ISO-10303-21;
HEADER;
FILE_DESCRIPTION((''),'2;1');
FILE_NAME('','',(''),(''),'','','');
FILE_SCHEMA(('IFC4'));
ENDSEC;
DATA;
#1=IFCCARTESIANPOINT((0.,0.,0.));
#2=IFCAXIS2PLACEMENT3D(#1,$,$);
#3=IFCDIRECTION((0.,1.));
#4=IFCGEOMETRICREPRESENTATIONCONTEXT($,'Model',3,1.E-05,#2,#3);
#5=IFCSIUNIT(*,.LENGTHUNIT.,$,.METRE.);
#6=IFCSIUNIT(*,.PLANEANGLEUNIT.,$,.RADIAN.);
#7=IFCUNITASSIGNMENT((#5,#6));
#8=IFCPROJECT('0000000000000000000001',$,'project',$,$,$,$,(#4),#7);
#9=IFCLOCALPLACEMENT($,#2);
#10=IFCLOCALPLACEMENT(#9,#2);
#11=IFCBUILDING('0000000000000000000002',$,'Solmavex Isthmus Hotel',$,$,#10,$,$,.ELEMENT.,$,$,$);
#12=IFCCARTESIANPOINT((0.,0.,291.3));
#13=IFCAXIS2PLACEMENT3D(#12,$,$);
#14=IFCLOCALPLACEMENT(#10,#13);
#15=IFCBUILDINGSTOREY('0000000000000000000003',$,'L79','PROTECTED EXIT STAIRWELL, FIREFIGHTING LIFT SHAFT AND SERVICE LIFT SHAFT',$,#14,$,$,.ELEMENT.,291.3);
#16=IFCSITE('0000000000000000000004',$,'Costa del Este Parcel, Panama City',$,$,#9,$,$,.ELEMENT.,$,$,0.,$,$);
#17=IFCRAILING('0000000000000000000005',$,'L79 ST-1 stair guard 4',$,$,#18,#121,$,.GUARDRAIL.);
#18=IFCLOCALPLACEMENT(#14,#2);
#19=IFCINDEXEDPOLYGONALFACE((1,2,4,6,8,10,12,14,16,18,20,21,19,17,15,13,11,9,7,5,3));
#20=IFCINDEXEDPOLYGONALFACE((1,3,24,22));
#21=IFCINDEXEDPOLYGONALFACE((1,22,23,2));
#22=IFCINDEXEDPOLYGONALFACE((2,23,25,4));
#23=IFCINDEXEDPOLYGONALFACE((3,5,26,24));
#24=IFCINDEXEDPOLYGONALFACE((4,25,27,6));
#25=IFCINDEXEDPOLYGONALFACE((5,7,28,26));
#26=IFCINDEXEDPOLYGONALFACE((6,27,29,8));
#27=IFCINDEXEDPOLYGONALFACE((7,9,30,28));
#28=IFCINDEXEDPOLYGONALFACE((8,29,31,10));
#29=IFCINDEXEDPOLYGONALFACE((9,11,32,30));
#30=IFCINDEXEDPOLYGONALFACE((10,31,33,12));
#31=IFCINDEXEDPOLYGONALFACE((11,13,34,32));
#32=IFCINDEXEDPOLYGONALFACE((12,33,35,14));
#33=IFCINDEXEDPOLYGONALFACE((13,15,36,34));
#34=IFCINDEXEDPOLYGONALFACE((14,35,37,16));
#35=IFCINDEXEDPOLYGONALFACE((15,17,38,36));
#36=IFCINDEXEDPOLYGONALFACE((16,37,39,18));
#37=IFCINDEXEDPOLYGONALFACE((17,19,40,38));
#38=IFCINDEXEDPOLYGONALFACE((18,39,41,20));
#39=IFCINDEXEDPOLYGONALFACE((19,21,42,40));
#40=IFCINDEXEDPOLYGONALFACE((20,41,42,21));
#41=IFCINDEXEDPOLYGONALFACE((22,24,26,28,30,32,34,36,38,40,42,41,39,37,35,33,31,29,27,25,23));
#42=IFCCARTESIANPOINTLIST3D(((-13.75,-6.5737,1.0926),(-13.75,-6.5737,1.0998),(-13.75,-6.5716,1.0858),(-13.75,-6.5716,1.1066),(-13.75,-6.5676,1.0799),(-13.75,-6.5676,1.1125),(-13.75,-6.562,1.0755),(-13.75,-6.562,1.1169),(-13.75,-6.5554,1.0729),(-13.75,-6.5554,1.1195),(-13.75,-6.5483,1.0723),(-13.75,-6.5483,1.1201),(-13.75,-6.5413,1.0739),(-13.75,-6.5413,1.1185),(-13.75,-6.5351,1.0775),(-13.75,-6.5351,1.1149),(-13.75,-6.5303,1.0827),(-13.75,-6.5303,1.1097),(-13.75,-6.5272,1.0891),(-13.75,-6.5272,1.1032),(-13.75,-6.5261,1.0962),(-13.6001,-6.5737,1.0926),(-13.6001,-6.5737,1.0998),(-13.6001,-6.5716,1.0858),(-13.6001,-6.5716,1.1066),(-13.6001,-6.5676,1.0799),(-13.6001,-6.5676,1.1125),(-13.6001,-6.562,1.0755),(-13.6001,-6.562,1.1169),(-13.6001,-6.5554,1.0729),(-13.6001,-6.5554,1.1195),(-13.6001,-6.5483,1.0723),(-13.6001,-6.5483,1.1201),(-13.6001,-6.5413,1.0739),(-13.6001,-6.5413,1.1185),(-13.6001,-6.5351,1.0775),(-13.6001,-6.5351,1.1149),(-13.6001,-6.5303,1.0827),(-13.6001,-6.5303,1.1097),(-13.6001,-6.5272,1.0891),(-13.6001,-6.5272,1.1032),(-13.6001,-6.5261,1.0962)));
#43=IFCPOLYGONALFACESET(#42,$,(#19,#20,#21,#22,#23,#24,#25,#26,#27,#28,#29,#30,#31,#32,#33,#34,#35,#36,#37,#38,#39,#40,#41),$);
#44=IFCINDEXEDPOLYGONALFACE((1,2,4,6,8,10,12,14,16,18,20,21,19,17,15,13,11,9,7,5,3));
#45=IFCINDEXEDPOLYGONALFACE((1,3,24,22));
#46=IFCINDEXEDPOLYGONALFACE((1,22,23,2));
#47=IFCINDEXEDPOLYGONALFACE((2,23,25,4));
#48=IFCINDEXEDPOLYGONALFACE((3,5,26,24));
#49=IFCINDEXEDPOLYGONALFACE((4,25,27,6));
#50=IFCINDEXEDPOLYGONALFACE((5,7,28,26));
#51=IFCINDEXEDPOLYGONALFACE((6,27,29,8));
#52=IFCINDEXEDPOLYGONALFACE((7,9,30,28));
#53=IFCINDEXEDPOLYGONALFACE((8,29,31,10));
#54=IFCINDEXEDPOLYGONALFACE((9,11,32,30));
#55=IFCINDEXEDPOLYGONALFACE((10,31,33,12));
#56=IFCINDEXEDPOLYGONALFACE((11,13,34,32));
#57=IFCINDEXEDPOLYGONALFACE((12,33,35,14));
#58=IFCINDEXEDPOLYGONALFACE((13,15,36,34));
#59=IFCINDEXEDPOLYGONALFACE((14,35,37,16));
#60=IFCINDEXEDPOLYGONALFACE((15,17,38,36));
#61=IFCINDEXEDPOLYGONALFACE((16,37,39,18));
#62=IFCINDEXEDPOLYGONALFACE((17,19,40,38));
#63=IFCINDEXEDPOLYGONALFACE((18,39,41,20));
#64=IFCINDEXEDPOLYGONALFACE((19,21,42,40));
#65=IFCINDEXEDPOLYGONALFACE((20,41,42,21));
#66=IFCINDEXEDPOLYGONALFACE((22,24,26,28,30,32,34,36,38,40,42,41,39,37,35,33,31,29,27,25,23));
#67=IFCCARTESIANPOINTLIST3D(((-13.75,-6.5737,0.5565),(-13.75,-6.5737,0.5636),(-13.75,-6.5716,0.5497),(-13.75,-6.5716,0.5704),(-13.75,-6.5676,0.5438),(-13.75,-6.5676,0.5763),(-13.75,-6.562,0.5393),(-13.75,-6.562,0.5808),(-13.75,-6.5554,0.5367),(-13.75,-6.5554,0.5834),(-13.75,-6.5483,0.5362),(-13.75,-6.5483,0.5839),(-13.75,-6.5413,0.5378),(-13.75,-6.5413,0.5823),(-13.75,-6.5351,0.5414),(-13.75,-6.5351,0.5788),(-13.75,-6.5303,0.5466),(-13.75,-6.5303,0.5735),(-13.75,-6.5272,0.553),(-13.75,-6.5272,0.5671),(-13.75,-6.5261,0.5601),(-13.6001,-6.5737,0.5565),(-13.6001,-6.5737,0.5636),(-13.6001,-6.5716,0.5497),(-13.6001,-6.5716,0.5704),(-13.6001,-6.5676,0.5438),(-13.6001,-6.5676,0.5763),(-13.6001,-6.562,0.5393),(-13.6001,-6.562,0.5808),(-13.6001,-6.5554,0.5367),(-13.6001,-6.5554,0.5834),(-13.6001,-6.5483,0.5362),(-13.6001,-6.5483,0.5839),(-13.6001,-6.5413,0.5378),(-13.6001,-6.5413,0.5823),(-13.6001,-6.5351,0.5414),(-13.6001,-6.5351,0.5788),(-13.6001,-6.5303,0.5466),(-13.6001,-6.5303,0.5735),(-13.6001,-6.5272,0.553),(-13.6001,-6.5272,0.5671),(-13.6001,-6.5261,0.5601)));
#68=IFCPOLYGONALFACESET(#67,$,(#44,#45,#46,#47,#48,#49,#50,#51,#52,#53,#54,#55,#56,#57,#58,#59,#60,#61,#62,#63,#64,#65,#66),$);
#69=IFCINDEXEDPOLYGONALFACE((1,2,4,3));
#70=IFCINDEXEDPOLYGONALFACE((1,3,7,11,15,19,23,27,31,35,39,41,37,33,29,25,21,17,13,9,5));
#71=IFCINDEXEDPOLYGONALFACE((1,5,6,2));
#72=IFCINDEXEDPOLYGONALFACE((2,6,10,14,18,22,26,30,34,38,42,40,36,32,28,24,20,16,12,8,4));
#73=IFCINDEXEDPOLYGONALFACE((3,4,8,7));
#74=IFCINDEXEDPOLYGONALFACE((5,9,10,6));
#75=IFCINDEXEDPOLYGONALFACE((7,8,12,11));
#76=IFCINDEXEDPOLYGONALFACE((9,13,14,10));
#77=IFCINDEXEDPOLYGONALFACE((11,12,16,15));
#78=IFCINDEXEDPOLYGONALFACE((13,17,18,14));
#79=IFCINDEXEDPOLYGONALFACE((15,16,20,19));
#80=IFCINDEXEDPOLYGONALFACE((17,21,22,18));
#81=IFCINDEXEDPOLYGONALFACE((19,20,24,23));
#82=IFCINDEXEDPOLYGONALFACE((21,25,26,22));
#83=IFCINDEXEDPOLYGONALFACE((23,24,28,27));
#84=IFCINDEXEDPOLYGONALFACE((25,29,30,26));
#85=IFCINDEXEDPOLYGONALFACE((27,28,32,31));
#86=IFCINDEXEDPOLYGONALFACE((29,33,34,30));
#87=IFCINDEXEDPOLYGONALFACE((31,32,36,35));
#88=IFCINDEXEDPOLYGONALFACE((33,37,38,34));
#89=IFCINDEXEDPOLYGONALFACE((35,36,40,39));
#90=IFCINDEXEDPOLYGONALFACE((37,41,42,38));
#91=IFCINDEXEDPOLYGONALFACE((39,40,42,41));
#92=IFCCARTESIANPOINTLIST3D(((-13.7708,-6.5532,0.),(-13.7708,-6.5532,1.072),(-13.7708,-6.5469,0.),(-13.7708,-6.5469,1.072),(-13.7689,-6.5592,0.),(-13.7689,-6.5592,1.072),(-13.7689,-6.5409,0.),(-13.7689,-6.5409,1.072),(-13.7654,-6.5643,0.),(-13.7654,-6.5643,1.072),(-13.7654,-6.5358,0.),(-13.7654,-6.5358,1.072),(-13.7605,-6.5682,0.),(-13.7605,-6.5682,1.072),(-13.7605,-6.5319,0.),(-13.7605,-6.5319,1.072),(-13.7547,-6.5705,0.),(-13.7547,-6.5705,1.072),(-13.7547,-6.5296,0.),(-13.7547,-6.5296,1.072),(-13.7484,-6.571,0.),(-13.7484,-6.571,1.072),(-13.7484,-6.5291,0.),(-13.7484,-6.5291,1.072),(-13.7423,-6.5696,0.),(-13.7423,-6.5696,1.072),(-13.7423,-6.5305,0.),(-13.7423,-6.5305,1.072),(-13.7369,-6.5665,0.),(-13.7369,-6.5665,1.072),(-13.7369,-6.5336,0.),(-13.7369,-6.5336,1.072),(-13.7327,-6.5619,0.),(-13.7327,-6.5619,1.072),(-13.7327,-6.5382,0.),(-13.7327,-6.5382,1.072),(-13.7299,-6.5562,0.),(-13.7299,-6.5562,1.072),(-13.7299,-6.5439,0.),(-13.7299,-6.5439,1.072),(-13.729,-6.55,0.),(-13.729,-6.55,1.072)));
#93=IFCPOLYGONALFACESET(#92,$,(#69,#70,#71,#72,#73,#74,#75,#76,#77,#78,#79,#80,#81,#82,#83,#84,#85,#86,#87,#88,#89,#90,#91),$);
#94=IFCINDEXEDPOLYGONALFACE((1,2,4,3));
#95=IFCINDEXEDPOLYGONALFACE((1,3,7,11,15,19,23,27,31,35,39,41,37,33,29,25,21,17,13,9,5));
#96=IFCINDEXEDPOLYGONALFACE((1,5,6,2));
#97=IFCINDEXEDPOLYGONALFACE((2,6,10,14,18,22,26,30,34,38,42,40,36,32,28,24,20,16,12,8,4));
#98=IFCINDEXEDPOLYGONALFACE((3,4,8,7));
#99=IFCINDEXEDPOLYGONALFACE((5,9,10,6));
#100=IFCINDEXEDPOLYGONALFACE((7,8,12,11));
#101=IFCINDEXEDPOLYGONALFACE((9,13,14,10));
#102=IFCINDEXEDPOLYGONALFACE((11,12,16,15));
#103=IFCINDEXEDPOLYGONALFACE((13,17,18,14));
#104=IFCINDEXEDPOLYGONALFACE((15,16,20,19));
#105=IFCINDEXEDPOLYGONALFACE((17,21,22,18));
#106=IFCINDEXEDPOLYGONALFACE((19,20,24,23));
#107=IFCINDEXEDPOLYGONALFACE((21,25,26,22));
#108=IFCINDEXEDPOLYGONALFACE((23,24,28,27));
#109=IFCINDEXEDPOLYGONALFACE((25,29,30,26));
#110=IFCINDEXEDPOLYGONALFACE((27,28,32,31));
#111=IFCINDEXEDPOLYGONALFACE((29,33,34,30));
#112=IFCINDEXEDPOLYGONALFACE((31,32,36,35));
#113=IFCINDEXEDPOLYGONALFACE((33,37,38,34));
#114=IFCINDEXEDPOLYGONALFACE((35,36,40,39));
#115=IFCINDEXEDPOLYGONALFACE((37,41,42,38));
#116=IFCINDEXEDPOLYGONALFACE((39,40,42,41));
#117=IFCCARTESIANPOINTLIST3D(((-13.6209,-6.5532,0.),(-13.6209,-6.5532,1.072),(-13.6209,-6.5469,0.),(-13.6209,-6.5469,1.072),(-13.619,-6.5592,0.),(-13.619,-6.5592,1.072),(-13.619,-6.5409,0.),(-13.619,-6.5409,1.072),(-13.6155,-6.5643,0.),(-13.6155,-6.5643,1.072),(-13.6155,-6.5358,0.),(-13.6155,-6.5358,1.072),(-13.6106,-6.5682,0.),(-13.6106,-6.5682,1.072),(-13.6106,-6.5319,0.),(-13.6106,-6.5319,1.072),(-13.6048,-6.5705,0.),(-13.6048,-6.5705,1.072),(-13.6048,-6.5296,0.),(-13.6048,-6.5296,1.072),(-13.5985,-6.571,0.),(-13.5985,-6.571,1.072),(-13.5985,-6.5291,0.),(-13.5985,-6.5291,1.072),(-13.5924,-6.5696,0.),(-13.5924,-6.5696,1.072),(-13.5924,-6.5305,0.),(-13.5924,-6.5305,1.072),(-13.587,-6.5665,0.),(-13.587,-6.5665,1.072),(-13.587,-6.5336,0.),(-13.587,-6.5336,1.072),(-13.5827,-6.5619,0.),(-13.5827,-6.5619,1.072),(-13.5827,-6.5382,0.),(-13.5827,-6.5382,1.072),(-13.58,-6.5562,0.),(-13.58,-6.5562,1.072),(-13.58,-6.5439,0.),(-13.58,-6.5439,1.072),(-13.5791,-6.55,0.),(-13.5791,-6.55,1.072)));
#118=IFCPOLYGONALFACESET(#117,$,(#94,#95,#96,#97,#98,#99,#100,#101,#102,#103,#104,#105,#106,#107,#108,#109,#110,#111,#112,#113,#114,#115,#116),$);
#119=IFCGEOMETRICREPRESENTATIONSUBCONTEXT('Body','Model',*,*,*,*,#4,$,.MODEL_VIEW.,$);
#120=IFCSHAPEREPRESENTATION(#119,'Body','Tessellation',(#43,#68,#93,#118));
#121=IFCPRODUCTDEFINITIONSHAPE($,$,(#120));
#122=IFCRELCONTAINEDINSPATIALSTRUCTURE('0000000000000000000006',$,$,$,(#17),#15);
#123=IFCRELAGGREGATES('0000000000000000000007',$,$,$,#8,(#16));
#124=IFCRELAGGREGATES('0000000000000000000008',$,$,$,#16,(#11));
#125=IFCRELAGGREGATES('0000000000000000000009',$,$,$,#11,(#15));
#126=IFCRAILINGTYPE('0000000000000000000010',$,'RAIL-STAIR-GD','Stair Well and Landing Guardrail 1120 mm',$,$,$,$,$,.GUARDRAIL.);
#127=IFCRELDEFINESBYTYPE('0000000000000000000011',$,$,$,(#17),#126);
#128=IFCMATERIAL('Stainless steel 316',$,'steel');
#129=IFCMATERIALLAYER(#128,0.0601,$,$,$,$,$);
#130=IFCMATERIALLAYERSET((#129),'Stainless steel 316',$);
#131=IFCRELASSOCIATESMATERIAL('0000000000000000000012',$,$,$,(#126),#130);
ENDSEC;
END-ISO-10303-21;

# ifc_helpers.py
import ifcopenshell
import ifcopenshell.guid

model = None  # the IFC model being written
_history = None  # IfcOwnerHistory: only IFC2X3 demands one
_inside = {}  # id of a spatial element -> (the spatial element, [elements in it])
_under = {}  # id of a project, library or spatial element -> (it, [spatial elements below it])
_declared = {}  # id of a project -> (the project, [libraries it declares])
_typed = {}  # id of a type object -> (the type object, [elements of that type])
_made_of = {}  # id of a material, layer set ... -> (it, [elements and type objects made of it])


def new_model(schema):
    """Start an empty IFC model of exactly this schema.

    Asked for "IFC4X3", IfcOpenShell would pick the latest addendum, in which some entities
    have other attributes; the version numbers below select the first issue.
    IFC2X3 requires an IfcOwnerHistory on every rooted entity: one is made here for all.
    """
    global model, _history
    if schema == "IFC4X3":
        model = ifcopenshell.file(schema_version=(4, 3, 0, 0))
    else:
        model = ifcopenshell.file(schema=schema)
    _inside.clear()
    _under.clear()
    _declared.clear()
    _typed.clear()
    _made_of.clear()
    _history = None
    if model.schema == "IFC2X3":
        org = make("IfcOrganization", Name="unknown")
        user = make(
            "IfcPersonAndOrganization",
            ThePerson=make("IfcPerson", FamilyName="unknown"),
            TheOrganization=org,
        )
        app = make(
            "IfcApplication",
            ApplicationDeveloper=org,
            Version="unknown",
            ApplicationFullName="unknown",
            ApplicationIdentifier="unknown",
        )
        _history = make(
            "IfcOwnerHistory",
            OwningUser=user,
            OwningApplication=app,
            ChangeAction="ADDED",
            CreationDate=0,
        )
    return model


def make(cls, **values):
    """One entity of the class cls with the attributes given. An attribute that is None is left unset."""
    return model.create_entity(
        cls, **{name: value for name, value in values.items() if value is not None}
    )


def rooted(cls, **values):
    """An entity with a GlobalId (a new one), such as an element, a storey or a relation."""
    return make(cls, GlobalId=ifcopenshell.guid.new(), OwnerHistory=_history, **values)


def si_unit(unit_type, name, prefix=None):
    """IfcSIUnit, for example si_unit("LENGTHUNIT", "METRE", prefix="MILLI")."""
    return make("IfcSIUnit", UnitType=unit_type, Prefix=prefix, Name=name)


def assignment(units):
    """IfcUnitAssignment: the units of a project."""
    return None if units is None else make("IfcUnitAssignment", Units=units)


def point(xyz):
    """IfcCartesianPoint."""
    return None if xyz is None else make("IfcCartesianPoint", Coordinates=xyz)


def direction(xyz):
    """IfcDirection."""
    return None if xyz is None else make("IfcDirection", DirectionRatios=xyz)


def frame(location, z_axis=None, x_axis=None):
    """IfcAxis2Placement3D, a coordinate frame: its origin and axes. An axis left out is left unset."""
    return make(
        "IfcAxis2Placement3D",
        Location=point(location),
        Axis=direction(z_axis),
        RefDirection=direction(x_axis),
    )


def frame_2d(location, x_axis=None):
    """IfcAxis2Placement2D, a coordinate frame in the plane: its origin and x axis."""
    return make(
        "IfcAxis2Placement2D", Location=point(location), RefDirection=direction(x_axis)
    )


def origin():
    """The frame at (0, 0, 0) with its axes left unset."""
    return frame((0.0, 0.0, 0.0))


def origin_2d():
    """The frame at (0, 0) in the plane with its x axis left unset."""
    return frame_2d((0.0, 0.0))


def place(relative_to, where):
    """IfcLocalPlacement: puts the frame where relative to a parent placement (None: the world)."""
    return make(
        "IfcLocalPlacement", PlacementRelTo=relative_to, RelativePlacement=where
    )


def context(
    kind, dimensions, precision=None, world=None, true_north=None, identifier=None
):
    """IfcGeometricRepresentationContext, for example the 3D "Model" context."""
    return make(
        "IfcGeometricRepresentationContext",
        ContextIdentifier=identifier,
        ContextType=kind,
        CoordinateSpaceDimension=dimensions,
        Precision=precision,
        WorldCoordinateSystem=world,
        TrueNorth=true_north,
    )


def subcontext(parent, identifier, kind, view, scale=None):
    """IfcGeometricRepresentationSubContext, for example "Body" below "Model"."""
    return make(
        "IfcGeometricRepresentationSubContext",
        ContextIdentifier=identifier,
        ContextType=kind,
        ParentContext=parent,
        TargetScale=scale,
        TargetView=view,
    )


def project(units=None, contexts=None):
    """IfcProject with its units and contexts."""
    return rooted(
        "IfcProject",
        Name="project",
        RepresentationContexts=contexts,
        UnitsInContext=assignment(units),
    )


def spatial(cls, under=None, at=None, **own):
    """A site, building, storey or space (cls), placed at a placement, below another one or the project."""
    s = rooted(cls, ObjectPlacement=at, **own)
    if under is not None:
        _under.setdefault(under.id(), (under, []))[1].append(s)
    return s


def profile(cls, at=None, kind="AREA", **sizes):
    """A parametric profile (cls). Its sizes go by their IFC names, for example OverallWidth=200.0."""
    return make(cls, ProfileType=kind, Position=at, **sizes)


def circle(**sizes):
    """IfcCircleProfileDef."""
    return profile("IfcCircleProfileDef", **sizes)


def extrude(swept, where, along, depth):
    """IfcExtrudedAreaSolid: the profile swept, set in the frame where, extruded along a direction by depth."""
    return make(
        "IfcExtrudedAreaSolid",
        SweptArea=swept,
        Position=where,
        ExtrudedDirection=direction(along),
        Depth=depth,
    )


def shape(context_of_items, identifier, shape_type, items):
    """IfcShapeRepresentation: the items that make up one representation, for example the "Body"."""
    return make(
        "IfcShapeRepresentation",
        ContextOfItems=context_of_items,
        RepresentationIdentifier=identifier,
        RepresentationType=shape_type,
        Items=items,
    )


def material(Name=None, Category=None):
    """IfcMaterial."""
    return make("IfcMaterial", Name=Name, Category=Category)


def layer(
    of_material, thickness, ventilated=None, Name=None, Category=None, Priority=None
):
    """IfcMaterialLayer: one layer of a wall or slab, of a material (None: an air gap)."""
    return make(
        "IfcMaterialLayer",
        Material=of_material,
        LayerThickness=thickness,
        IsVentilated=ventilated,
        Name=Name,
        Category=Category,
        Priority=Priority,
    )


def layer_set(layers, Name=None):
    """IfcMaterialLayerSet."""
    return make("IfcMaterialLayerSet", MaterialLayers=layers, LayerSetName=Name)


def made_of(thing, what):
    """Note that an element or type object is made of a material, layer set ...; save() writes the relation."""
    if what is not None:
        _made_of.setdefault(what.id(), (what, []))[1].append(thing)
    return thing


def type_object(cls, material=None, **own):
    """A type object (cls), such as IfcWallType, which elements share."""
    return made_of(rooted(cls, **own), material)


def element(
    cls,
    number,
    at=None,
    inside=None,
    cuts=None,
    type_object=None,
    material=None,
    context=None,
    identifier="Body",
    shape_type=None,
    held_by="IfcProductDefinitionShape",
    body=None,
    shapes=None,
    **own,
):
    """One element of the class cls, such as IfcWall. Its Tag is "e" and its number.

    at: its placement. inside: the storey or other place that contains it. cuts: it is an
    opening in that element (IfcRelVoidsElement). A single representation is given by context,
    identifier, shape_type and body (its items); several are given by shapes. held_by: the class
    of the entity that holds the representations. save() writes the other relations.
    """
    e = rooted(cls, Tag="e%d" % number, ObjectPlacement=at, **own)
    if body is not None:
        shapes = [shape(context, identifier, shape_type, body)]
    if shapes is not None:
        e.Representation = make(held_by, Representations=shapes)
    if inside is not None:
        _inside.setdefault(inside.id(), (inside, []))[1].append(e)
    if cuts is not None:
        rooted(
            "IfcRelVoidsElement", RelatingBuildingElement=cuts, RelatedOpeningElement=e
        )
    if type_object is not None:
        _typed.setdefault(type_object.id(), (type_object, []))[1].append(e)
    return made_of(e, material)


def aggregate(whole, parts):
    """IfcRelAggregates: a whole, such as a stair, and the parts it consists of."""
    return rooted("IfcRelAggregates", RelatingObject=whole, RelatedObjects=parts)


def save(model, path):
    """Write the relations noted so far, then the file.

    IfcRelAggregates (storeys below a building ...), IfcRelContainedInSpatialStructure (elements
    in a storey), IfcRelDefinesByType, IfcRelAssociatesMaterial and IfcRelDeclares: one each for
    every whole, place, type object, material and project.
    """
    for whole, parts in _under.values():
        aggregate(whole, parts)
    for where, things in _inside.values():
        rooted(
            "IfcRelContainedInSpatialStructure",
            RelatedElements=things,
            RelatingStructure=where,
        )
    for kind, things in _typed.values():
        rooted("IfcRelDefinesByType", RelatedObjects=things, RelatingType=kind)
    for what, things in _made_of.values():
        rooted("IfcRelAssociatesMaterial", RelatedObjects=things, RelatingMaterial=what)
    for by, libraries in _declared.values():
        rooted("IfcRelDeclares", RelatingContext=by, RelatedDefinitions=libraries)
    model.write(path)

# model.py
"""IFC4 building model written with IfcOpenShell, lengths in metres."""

from ifc_helpers import new_model, si_unit, direction, frame, origin, origin_2d, place, context, subcontext, project, spatial, circle, extrude, material, layer, layer_set, type_object, element, save


model = new_model("IFC4")

# Units and contexts
model_context = context("Model", 3, precision=1e-05, world=origin(), true_north=direction((0.0, 1.0)))
body_context = subcontext(model_context, "Body", "Model", "MODEL_VIEW")
ifc_project = project(units=[si_unit("LENGTHUNIT", "METRE"), si_unit("PLANEANGLEUNIT", "RADIAN")], contexts=[model_context])

# Site, building, storey
site_placement = place(None, origin())
site = spatial("IfcSite", under=ifc_project, at=site_placement, Name="Costa del Este Parcel, Panama City", CompositionType="ELEMENT", RefElevation=0.0)
building_placement = place(site_placement, origin())
building = spatial("IfcBuilding", under=site, at=building_placement, Name="Solmavex Isthmus Hotel", CompositionType="ELEMENT")
storey_placement = place(building_placement, frame((0.0, 0.0, 291.3)))
storey = spatial("IfcBuildingStorey", under=building, at=storey_placement, Name="L79", Description="PROTECTED EXIT STAIRWELL, FIREFIGHTING LIFT SHAFT AND SERVICE LIFT SHAFT", CompositionType="ELEMENT", Elevation=291.3)

# Shared definitions
ifc_material_1 = material(Name="Stainless steel 316", Category="steel")

# Railing
ifc_layer_1 = layer(ifc_material_1, 0.0601)
ifc_layer_set_1 = layer_set([ifc_layer_1], Name="Stainless steel 316")
railing_type_1 = type_object("IfcRailingType", Name="RAIL-STAIR-GD", Description="Stair Well and Landing Guardrail 1120 mm", PredefinedType="GUARDRAIL", material=ifc_layer_set_1)
railing_1_placement = place(storey_placement, frame((-13.75, -6.55, 0.0)))
element("IfcRailing", 1, at=railing_1_placement, inside=storey, type_object=railing_type_1, Name="L79 ST-1 stair guard 4", PredefinedType="GUARDRAIL", context=body_context, shape_type="SweptSolid", body=[
    extrude(circle(Radius=0.0239, at=origin_2d()), frame((0.0, 0.0, 1.0962), z_axis=(1.0, 0.0, 0.0), x_axis=(0.0, 1.0, 0.0)), (0.0, 0.0, 1.0), 0.1499),
    extrude(circle(Radius=0.0239, at=origin_2d()), frame((0.0, 0.0, 0.5601), z_axis=(1.0, 0.0, 0.0), x_axis=(0.0, 1.0, 0.0)), (0.0, 0.0, 1.0), 0.1499),
    extrude(circle(Radius=0.021, at=origin_2d()), origin(), (0.0, 0.0, 1.0), 1.072),
    extrude(circle(Radius=0.021, at=origin_2d()), frame((0.1499, 0.0, 0.0)), (0.0, 0.0, 1.0), 1.072),
])

save(model, "model.ifc")
